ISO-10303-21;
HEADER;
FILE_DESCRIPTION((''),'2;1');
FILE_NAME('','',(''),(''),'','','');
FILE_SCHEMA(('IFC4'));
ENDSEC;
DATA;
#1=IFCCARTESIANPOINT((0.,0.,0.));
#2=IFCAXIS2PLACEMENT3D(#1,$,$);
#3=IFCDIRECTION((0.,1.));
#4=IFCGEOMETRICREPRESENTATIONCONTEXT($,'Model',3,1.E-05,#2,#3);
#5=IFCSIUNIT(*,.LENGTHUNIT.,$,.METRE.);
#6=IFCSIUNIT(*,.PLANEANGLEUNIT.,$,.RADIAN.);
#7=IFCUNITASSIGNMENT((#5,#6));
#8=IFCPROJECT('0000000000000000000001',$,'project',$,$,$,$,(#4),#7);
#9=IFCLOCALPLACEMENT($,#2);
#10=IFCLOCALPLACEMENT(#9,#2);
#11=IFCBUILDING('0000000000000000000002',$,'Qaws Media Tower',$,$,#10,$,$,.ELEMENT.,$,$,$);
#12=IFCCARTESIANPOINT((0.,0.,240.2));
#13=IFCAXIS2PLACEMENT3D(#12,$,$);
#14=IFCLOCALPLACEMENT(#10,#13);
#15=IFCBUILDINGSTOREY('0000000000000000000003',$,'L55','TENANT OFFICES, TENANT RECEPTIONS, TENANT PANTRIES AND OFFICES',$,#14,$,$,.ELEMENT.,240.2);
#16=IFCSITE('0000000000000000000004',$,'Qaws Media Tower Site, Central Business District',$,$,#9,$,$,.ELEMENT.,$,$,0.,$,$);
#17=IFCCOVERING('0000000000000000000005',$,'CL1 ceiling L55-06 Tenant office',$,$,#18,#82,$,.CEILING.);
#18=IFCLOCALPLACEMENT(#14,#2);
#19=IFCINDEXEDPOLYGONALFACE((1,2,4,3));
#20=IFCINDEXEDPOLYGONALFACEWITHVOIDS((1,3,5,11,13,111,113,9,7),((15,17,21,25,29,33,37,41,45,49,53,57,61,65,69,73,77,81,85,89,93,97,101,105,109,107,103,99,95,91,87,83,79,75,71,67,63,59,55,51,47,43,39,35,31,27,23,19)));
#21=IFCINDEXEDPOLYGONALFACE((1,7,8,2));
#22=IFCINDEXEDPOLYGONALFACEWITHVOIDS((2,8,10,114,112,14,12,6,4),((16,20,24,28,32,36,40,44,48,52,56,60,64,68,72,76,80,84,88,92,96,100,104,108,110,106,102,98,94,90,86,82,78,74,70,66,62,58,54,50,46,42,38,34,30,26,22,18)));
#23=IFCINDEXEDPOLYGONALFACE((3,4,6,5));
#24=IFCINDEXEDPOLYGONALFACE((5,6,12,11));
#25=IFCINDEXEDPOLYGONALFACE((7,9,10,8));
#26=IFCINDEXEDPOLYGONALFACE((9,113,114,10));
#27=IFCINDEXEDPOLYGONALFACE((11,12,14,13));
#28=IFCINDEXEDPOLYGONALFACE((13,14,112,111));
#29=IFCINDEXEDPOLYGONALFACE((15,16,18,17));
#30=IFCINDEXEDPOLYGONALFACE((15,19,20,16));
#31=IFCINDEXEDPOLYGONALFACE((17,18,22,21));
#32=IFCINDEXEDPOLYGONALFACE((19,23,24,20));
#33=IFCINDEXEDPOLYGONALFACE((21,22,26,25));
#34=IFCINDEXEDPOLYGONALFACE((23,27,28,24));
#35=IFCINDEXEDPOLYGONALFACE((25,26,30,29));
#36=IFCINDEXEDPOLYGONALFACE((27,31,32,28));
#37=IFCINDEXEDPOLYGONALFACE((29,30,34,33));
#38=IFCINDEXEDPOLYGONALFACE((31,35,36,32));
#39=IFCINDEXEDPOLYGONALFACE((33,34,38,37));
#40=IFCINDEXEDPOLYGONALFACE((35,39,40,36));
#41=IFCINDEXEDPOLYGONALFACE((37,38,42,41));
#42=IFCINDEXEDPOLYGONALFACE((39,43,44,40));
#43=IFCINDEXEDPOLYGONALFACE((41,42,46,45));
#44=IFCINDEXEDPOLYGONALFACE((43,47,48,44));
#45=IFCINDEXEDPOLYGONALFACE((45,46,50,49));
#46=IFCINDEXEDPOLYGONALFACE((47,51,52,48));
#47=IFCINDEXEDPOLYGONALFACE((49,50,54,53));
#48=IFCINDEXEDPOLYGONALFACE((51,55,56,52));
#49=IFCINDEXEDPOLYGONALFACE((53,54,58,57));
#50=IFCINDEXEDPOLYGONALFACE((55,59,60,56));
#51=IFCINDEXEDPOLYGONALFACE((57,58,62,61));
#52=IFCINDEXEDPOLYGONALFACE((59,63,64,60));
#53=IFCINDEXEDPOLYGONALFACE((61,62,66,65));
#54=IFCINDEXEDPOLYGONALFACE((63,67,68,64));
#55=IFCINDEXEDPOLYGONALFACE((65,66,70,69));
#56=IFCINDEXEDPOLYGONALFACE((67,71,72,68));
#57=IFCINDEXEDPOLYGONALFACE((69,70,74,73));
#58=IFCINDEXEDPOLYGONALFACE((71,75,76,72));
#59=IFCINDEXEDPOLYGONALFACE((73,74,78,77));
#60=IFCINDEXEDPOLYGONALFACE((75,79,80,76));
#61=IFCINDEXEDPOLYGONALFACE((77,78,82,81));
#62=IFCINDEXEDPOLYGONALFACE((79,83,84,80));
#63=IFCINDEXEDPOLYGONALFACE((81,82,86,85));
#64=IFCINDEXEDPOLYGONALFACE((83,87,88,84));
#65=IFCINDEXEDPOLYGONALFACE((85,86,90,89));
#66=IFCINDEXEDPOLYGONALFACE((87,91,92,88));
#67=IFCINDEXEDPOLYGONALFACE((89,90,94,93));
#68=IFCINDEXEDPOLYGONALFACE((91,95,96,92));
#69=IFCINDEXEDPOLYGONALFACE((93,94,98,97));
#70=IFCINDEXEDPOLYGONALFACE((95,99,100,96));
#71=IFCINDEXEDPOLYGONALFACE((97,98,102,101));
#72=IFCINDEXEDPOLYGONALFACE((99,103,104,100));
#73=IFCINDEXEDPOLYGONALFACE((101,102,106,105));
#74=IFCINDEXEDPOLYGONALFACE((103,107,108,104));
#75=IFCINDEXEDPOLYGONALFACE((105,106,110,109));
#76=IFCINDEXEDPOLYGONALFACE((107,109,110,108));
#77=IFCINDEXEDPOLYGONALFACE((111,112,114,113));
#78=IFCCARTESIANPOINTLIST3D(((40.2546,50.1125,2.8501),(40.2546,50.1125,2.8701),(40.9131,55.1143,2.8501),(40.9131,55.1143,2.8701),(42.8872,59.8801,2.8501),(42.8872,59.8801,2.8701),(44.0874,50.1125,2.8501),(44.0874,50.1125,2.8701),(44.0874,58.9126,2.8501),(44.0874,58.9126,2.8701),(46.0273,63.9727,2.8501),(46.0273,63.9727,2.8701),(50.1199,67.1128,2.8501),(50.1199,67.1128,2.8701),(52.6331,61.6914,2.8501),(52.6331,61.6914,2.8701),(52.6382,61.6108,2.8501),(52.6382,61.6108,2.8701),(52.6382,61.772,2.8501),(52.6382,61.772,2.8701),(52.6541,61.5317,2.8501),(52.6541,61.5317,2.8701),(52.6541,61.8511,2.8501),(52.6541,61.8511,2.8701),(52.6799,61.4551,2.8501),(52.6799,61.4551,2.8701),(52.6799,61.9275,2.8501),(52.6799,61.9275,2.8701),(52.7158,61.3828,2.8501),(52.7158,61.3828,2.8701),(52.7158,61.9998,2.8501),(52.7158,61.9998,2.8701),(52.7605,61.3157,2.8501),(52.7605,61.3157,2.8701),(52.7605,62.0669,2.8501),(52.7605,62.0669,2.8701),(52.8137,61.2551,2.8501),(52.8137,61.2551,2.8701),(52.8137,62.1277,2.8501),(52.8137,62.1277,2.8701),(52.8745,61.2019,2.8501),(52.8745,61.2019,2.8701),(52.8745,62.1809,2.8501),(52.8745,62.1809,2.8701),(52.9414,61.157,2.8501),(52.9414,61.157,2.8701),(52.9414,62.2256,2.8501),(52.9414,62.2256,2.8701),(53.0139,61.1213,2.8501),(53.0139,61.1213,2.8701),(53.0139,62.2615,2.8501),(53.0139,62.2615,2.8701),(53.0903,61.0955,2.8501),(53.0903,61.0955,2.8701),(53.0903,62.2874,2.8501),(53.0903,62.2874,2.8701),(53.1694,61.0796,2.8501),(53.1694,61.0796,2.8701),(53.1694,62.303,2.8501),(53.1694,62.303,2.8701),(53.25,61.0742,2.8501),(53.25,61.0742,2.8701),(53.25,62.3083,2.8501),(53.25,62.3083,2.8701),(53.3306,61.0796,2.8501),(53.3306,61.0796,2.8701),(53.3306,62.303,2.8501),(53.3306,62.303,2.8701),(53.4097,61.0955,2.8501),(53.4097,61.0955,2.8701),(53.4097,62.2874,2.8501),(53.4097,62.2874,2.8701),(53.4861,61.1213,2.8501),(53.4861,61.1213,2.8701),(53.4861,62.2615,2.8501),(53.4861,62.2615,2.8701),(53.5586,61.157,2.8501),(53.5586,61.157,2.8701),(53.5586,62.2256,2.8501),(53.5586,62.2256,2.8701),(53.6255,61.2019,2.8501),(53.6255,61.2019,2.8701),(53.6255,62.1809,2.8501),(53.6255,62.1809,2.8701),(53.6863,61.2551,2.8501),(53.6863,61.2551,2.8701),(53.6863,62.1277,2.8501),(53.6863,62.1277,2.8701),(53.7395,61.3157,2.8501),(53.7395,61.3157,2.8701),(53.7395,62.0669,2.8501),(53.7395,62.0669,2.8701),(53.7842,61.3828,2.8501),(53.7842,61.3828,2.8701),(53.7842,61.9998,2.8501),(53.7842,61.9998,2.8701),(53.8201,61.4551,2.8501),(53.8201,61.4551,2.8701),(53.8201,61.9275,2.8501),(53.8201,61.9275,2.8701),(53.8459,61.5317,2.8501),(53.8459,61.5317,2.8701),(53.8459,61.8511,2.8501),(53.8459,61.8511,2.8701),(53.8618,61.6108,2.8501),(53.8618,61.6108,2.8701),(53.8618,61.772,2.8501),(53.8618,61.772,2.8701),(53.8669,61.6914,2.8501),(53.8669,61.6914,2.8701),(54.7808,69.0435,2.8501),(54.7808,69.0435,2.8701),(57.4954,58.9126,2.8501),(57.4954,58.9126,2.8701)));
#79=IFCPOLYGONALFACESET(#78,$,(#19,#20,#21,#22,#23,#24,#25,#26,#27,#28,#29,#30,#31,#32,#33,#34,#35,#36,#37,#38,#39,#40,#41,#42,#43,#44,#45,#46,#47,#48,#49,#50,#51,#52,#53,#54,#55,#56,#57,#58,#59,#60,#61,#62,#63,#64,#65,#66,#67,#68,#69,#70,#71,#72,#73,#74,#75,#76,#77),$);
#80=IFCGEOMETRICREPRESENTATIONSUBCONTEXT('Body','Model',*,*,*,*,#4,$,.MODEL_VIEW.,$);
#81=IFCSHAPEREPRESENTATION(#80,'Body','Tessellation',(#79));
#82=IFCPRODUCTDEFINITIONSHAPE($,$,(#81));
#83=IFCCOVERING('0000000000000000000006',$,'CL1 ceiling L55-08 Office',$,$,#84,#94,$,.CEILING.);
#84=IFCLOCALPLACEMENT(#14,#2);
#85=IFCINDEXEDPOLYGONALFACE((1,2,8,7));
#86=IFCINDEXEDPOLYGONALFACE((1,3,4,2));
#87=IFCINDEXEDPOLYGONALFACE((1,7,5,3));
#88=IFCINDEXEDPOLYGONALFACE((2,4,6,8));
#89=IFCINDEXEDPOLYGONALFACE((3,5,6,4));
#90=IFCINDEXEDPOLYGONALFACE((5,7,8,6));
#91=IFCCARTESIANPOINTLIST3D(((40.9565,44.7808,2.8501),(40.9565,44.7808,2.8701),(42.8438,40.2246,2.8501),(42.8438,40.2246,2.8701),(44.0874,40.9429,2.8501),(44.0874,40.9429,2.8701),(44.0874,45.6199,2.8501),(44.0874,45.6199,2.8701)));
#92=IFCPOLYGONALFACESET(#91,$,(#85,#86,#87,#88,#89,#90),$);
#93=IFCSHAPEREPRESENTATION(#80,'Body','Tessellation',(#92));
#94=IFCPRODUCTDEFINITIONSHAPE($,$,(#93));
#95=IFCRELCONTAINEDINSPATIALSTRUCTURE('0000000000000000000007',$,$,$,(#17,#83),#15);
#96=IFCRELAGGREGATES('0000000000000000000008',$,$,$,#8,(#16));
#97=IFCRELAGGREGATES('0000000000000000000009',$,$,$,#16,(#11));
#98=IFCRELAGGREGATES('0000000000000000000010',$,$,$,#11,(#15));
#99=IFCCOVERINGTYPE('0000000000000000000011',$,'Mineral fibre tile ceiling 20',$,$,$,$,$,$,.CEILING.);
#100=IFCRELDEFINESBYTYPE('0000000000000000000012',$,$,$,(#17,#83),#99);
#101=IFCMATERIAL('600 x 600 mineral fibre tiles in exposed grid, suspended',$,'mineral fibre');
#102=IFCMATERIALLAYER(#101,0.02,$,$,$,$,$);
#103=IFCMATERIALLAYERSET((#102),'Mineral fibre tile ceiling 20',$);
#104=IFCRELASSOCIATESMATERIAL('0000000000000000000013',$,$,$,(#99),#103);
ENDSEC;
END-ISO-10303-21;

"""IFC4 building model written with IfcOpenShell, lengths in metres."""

from ifc_helpers import new_model, si_unit, direction, frame, origin, place, context, subcontext, project, spatial, polyline, outline, extrude, material, layer, layer_set, type_object, element, save


model = new_model("IFC4")

# Units and contexts
model_context = context("Model", 3, precision=1e-05, world=origin(), true_north=direction((0.0, 1.0)))
body_context = subcontext(model_context, "Body", "Model", "MODEL_VIEW")
ifc_project = project(units=[si_unit("LENGTHUNIT", "METRE"), si_unit("PLANEANGLEUNIT", "RADIAN")], contexts=[model_context])

# Site, building, storey
site_placement = place(None, origin())
site = spatial("IfcSite", under=ifc_project, at=site_placement, Name="Qaws Media Tower Site, Central Business District", CompositionType="ELEMENT", RefElevation=0.0)
building_placement = place(site_placement, origin())
building = spatial("IfcBuilding", under=site, at=building_placement, Name="Qaws Media Tower", CompositionType="ELEMENT")
storey_placement = place(building_placement, frame((0.0, 0.0, 240.2)))
storey = spatial("IfcBuildingStorey", under=building, at=storey_placement, Name="L55", Description="TENANT OFFICES, TENANT RECEPTIONS, TENANT PANTRIES AND OFFICES", CompositionType="ELEMENT", Elevation=240.2)

# Coverings
ifc_material_1 = material(Name="600 x 600 mineral fibre tiles in exposed grid, suspended", Category="mineral fibre")
ifc_layer_1 = layer(ifc_material_1, 0.02)
ifc_layer_set_1 = layer_set([ifc_layer_1], Name="Mineral fibre tile ceiling 20")
covering_type_1 = type_object("IfcCoveringType", Name="Mineral fibre tile ceiling 20", PredefinedType="CEILING", material=ifc_layer_set_1)
covering_1_placement = place(storey_placement, frame((0.0, 0.0, 2.8501)))
element("IfcCovering", 1, at=covering_1_placement, inside=storey, type_object=covering_type_1, Name="CL1 ceiling L55-06 Tenant office", PredefinedType="CEILING", context=body_context, shape_type="SweptSolid", body=[
    extrude(outline(polyline([(40.9131, 55.1143), (42.8872, 59.8801), (46.0273, 63.9727), (50.1199, 67.1128), (54.7808, 69.0435), (57.4954, 58.9126), (44.0874, 58.9126), (44.0874, 50.1125), (40.2546, 50.1125), (40.9131, 55.1143)]), holes=[polyline([(53.8201, 61.4551), (53.8459, 61.5317), (53.8618, 61.6108), (53.8669, 61.6914), (53.8618, 61.772), (53.8459, 61.8511), (53.8201, 61.9275), (53.7842, 61.9998), (53.7395, 62.0669), (53.6863, 62.1277), (53.6255, 62.1809), (53.5586, 62.2256), (53.4861, 62.2615), (53.4097, 62.2874), (53.3306, 62.303), (53.25, 62.3083), (53.1694, 62.303), (53.0903, 62.2874), (53.0139, 62.2615), (52.9414, 62.2256), (52.8745, 62.1809), (52.8137, 62.1277), (52.7605, 62.0669), (52.7158, 61.9998), (52.6799, 61.9275), (52.6541, 61.8511), (52.6382, 61.772), (52.6331, 61.6914), (52.6382, 61.6108), (52.6541, 61.5317), (52.6799, 61.4551), (52.7158, 61.3828), (52.7605, 61.3157), (52.8137, 61.2551), (52.8745, 61.2019), (52.9414, 61.157), (53.0139, 61.1213), (53.0903, 61.0955), (53.1694, 61.0796), (53.25, 61.0742), (53.3306, 61.0796), (53.4097, 61.0955), (53.4861, 61.1213), (53.5586, 61.157), (53.6255, 61.2019), (53.6863, 61.2551), (53.7395, 61.3157), (53.7842, 61.3828), (53.8201, 61.4551)])]), origin(), (0.0, 0.0, 1.0), 0.02),
])
covering_2_placement = place(storey_placement, frame((0.0, 0.0, 2.8501)))
element("IfcCovering", 2, at=covering_2_placement, inside=storey, type_object=covering_type_1, Name="CL1 ceiling L55-08 Office", PredefinedType="CEILING", context=body_context, shape_type="SweptSolid", body=[
    extrude(outline(polyline([(40.9565, 44.7808), (44.0874, 45.6199), (44.0874, 40.9429), (42.8438, 40.2246), (40.9565, 44.7808)])), origin(), (0.0, 0.0, 1.0), 0.02),
])

save(model, "model.ifc")
